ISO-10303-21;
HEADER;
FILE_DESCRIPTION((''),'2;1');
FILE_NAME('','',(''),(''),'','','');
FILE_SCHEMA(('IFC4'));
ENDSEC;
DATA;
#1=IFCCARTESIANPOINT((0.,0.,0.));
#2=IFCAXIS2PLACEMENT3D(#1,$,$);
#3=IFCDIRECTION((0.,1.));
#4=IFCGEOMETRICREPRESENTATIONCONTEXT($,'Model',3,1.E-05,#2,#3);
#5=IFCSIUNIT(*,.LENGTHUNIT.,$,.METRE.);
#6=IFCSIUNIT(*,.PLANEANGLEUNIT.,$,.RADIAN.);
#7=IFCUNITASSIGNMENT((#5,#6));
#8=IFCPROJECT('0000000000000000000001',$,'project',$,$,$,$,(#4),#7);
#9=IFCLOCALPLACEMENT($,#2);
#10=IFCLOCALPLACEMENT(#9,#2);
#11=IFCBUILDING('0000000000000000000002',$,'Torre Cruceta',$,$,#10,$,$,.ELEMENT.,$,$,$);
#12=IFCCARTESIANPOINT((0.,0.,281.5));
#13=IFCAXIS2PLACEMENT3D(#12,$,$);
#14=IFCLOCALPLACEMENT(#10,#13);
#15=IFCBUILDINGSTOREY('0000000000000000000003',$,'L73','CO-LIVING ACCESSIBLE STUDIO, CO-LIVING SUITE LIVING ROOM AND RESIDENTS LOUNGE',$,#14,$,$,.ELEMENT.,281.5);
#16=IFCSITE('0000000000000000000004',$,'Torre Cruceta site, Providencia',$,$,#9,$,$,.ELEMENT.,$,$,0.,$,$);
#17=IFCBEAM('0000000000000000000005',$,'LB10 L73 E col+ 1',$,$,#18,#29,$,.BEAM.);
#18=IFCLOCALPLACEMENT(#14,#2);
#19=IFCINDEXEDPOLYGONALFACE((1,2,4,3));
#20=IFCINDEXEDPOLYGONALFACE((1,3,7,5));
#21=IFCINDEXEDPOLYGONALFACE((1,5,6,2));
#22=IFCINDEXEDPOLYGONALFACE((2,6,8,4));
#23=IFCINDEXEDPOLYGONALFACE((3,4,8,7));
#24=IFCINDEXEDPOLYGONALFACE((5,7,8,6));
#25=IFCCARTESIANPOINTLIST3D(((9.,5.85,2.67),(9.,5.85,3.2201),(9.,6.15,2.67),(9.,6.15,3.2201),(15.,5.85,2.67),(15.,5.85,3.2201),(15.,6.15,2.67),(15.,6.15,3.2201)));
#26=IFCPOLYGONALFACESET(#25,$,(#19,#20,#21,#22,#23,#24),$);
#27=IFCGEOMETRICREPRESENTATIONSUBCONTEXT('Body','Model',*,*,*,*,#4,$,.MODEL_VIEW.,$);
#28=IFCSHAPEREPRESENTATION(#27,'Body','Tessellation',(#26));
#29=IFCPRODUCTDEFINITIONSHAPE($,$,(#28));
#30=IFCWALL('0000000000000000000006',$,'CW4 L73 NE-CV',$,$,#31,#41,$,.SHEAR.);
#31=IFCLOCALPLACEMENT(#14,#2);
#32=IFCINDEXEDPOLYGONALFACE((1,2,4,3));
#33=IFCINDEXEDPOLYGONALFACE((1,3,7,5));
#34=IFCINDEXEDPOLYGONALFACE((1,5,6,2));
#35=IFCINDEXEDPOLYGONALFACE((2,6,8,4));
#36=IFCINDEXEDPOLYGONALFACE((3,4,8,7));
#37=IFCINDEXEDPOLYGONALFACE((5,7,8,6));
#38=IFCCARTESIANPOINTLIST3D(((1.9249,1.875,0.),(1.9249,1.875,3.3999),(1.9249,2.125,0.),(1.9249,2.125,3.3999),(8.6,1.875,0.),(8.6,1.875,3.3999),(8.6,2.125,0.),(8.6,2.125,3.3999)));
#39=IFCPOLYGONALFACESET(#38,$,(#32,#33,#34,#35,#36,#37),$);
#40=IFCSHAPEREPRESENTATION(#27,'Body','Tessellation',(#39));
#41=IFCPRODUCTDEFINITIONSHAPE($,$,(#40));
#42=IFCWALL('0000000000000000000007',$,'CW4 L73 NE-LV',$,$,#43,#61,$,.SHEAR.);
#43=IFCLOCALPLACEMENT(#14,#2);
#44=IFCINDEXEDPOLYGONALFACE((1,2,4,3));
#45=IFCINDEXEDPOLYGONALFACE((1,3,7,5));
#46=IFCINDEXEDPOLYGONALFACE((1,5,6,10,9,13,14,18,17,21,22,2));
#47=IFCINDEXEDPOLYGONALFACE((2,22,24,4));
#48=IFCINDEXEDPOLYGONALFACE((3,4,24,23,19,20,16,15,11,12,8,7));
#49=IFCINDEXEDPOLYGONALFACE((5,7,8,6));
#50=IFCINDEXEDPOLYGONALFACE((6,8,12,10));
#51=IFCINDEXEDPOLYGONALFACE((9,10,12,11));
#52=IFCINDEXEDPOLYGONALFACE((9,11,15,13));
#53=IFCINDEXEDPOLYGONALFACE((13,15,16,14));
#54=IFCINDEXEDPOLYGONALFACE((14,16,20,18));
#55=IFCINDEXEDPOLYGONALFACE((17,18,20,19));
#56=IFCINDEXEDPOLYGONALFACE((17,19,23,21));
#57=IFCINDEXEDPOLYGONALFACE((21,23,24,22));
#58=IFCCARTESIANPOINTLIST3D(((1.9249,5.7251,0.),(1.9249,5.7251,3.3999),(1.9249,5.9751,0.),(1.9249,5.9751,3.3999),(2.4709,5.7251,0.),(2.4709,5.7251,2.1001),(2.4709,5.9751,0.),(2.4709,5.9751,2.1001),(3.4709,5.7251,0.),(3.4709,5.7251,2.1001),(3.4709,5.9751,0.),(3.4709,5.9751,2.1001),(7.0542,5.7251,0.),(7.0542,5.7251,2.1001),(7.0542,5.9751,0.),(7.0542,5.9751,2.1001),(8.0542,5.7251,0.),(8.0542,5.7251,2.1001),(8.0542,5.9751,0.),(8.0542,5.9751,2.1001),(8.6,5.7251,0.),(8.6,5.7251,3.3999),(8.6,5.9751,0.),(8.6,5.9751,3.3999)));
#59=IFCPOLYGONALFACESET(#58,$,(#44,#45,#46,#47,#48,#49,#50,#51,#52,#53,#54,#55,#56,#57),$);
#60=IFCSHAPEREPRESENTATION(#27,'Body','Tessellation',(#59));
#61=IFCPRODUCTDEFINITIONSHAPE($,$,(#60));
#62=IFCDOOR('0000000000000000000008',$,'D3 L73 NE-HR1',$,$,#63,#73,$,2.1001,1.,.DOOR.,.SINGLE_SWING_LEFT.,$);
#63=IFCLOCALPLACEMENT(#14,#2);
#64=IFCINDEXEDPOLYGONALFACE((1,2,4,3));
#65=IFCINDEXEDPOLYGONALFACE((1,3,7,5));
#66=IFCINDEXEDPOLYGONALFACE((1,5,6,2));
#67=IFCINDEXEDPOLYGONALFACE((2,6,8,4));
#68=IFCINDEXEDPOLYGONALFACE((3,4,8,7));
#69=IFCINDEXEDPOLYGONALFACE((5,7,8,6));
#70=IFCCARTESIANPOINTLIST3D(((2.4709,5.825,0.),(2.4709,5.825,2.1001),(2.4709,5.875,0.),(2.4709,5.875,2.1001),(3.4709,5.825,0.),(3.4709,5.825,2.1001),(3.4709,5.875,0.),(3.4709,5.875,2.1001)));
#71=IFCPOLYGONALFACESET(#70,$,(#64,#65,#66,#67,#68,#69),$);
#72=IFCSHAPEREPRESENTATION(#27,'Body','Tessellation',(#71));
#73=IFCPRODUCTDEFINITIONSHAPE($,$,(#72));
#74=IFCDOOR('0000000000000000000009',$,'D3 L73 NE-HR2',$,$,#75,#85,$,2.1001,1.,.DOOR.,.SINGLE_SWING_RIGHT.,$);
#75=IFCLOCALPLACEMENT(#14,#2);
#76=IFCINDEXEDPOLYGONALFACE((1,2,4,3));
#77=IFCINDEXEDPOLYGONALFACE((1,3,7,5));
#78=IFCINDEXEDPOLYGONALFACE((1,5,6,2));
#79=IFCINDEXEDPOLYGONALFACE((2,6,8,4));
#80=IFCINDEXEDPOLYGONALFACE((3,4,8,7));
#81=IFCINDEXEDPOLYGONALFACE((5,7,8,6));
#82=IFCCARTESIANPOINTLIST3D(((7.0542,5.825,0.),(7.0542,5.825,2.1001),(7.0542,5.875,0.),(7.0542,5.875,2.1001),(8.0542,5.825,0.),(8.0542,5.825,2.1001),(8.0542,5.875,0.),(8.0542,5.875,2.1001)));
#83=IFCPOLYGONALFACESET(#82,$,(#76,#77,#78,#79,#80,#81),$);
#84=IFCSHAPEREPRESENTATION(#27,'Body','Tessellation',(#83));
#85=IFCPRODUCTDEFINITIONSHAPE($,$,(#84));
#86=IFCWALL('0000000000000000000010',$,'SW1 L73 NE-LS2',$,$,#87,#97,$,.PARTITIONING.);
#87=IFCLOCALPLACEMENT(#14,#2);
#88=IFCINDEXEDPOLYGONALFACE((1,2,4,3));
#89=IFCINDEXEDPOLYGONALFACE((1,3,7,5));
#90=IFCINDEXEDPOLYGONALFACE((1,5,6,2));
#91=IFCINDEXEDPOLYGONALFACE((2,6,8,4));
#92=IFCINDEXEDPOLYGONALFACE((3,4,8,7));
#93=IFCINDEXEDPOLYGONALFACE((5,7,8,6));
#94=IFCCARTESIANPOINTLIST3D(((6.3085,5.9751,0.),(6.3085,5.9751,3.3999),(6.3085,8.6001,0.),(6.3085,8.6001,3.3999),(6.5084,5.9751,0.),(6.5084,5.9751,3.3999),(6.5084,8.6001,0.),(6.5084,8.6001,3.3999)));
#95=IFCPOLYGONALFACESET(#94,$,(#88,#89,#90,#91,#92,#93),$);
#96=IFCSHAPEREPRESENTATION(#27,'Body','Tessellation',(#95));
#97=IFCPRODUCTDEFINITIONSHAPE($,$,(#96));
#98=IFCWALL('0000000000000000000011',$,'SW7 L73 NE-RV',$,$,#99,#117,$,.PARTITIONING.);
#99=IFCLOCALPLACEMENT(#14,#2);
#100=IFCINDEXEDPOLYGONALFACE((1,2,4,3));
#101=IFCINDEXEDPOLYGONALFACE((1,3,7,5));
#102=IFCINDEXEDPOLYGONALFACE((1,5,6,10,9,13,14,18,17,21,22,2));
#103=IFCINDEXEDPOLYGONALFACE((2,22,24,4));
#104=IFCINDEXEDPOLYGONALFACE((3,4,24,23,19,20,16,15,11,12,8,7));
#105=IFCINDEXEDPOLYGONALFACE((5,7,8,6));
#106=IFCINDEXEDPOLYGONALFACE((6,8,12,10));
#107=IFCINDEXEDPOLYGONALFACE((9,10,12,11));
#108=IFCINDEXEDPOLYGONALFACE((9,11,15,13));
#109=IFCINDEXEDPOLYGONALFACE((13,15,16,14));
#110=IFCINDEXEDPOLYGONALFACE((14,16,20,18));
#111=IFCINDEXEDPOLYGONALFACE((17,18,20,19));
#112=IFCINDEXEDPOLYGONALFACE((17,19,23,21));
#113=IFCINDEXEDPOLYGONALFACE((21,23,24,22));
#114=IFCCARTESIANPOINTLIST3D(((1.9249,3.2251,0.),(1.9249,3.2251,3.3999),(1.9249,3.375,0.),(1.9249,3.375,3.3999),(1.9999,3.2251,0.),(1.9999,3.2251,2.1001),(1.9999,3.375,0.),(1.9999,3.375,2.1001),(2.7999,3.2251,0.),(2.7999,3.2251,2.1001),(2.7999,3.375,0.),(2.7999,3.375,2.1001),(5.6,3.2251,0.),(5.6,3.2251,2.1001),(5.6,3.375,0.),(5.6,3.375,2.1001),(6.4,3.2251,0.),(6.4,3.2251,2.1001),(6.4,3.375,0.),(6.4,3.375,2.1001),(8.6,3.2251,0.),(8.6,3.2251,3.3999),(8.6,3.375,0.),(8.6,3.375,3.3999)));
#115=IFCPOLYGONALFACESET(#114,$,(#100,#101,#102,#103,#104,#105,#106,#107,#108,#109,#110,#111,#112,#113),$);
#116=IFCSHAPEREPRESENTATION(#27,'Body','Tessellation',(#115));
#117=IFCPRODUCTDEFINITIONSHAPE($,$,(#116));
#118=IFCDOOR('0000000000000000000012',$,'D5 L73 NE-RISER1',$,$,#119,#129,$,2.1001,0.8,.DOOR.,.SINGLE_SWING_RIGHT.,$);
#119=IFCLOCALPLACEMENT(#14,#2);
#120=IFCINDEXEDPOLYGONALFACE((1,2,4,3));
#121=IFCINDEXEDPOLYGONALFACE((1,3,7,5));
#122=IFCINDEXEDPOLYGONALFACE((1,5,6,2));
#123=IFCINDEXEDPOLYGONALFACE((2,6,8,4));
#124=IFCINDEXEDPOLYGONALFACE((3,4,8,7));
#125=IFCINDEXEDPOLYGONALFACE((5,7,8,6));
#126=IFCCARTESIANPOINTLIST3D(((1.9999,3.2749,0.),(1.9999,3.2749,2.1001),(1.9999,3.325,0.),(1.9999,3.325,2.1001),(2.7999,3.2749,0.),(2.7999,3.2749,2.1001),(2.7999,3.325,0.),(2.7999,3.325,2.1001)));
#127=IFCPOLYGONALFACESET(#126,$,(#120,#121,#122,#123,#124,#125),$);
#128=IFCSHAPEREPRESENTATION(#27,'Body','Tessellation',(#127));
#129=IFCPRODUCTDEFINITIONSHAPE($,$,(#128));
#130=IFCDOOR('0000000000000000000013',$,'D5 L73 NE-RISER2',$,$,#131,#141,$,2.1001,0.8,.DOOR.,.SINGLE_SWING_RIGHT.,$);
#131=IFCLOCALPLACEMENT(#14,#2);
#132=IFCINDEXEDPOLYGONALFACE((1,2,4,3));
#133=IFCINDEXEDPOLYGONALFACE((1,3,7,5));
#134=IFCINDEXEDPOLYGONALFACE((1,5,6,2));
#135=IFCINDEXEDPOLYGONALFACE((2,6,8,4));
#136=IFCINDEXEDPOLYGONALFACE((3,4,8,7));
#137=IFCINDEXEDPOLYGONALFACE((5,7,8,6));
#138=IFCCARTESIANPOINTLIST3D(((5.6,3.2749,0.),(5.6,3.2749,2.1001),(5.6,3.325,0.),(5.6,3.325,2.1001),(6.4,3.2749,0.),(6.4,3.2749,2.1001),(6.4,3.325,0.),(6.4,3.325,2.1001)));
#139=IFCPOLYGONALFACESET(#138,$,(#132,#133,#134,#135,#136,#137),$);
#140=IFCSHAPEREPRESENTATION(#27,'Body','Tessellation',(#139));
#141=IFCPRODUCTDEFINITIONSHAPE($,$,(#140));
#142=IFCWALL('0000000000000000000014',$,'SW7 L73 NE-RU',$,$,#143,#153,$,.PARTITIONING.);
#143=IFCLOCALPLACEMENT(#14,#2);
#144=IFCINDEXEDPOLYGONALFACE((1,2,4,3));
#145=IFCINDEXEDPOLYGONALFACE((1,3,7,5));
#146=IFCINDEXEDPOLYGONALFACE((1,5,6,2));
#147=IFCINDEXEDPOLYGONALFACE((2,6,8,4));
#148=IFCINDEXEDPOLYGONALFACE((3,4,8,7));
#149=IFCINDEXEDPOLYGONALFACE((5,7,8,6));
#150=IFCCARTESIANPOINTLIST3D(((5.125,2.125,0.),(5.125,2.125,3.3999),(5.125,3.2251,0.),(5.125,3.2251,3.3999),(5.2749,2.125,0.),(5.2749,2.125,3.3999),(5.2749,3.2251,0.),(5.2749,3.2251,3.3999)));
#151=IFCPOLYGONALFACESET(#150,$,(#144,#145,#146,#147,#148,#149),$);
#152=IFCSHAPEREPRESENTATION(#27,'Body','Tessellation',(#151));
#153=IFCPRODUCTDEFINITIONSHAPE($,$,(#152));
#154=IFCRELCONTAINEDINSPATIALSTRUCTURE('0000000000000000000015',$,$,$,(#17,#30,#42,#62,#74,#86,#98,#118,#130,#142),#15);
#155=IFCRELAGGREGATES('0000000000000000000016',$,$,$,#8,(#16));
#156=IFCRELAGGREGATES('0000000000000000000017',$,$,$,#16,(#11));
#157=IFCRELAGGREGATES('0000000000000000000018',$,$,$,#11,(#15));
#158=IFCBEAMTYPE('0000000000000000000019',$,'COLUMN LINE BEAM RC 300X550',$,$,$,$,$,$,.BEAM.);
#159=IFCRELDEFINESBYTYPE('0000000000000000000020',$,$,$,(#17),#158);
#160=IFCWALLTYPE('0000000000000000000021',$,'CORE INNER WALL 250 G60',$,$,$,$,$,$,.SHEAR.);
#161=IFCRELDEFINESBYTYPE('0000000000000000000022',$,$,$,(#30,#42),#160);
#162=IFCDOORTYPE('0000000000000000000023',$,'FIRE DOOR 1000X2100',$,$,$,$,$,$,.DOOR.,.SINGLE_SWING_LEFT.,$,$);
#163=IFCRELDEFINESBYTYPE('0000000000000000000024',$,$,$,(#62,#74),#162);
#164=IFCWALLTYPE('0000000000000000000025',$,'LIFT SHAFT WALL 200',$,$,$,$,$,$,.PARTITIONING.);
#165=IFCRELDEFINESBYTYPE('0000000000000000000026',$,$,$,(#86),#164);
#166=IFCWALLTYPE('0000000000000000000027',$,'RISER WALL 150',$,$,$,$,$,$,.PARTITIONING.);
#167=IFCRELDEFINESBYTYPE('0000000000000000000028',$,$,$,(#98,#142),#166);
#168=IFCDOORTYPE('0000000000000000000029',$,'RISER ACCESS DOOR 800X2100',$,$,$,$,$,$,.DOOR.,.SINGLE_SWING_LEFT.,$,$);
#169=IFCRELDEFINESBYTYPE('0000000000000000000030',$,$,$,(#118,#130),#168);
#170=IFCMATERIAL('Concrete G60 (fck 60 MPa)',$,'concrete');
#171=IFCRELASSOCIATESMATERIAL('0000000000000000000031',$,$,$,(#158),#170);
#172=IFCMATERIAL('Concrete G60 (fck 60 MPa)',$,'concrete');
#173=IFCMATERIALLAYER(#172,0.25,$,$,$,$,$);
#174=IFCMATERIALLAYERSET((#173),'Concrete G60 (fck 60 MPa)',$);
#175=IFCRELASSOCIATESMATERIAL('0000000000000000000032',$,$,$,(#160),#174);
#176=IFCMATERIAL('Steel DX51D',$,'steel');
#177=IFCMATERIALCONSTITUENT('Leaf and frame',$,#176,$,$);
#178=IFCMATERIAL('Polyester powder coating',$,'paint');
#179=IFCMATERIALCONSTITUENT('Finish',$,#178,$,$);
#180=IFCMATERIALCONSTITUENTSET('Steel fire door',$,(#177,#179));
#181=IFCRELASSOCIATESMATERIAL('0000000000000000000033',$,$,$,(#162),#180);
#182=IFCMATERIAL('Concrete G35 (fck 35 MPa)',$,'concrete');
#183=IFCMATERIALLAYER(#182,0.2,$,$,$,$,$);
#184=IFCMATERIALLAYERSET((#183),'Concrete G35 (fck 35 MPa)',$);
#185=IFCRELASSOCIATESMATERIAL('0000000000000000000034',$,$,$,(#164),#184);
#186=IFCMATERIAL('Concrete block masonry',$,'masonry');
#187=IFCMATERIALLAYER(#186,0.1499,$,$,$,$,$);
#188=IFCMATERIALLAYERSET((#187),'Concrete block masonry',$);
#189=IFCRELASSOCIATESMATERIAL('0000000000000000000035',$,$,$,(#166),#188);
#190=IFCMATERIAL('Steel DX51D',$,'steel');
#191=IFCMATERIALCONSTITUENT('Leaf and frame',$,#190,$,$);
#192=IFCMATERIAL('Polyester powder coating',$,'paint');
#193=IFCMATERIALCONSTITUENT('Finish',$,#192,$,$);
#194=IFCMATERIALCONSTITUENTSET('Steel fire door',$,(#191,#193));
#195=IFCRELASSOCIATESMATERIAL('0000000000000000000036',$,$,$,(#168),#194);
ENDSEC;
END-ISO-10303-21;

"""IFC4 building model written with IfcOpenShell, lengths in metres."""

from ifc_helpers import new_model, si_unit, direction, frame, frame_2d, origin, origin_2d, place, context, subcontext, project, spatial, rectangle, extrude, material, layer, layer_set, constituent, constituent_set, material_profile, profile_set, type_object, element, fill, save


model = new_model("IFC4")

# Units and contexts
model_context = context("Model", 3, precision=1e-05, world=origin(), true_north=direction((0.0, 1.0)))
body_context = subcontext(model_context, "Body", "Model", "MODEL_VIEW")
ifc_project = project(units=[si_unit("LENGTHUNIT", "METRE"), si_unit("PLANEANGLEUNIT", "RADIAN")], contexts=[model_context])

# Site, building, storey
site_placement = place(None, origin())
site = spatial("IfcSite", under=ifc_project, at=site_placement, Name="Torre Cruceta site, Providencia", CompositionType="ELEMENT", RefElevation=0.0)
building_placement = place(site_placement, origin())
building = spatial("IfcBuilding", under=site, at=building_placement, Name="Torre Cruceta", CompositionType="ELEMENT")
storey_placement = place(building_placement, frame((0.0, 0.0, 281.5)))
storey = spatial("IfcBuildingStorey", under=building, at=storey_placement, Name="L73", Description="CO-LIVING ACCESSIBLE STUDIO, CO-LIVING SUITE LIVING ROOM AND RESIDENTS LOUNGE", CompositionType="ELEMENT", Elevation=281.5)

# Beam
ifc_material_1 = material(Name="Concrete G60 (fck 60 MPa)", Category="concrete")
ifc_material_profile = material_profile(ifc_material_1, rectangle(XDim=0.3, YDim=0.55, at=origin_2d()), Name="RC 300X550")
ifc_profile_set = profile_set([ifc_material_profile], Name="Concrete G60 (fck 60 MPa)")
beam_type = type_object("IfcBeamType", Name="COLUMN LINE BEAM RC 300X550", PredefinedType="BEAM", material=ifc_profile_set)
beam_placement = place(storey_placement, frame((9.0, 6.0, 2.9451), z_axis=(1.0, 0.0, 0.0), x_axis=(0.0, 1.0, 0.0)))
element("IfcBeam", 1, at=beam_placement, inside=storey, type_object=beam_type, Name="LB10 L73 E col+ 1", PredefinedType="BEAM", context=body_context, shape_type="SweptSolid", body=[
    extrude(rectangle(XDim=0.3, YDim=0.55, at=origin_2d()), origin(), (0.0, 0.0, 1.0), 6.0),
])

# Shared definitions
ifc_material_2 = material(Name="Concrete G60 (fck 60 MPa)", Category="concrete")
ifc_layer_1 = layer(ifc_material_2, 0.25)
ifc_layer_set_1 = layer_set([ifc_layer_1], Name="Concrete G60 (fck 60 MPa)")
wall_type_1 = type_object("IfcWallType", Name="CORE INNER WALL 250 G60", PredefinedType="SHEAR", material=ifc_layer_set_1)

# Wall
wall_1_placement = place(storey_placement, frame((1.925, 2.0, 0.0), z_axis=(0.0, 0.0, 1.0), x_axis=(1.0, 0.0, 0.0)))
element("IfcWall", 2, at=wall_1_placement, inside=storey, type_object=wall_type_1, Name="CW4 L73 NE-CV", PredefinedType="SHEAR", context=body_context, shape_type="SweptSolid", body=[
    extrude(rectangle(XDim=6.675, YDim=0.25, at=frame_2d((3.3374, 0.0))), origin(), (0.0, 0.0, 1.0), 3.3999),
])

# Wall, openings, doors
wall_2_placement = place(storey_placement, frame((1.925, 5.8501, 0.0), z_axis=(0.0, 0.0, 1.0), x_axis=(1.0, 0.0, 0.0)))
wall_2 = element("IfcWall", 3, at=wall_2_placement, inside=storey, type_object=wall_type_1, Name="CW4 L73 NE-LV", PredefinedType="SHEAR", context=body_context, shape_type="SweptSolid", body=[
    extrude(rectangle(XDim=6.675, YDim=0.25, at=frame_2d((3.3374, 0.0))), origin(), (0.0, 0.0, 1.0), 3.3999),
])
opening_1_placement = place(wall_2_placement, frame((0.5459, 0.0, 0.0)))
opening_1 = element("IfcOpeningElement", 4, at=opening_1_placement, cuts=wall_2, PredefinedType="OPENING", context=body_context, shape_type="SweptSolid", body=[
    extrude(rectangle(XDim=1.0, YDim=2.1001, at=frame_2d((0.5, 1.05))), frame((0.0, 0.135, 0.0), z_axis=(0.0, -1.0, 0.0), x_axis=(1.0, 0.0, 0.0)), (0.0, 0.0, 1.0), 0.27),
])
opening_2_placement = place(wall_2_placement, frame((5.1292, 0.0, 0.0)))
opening_2 = element("IfcOpeningElement", 5, at=opening_2_placement, cuts=wall_2, PredefinedType="OPENING", context=body_context, shape_type="SweptSolid", body=[
    extrude(rectangle(XDim=1.0, YDim=2.1001, at=frame_2d((0.5, 1.05))), frame((0.0, 0.135, 0.0), z_axis=(0.0, -1.0, 0.0), x_axis=(1.0, 0.0, 0.0)), (0.0, 0.0, 1.0), 0.27),
])
ifc_material_3 = material(Name="Steel DX51D", Category="steel")
ifc_constituent_1 = constituent(ifc_material_3, Name="Leaf and frame")
ifc_material_4 = material(Name="Polyester powder coating", Category="paint")
ifc_constituent_2 = constituent(ifc_material_4, Name="Finish")
ifc_constituent_set_1 = constituent_set(constituents=[ifc_constituent_1, ifc_constituent_2], Name="Steel fire door")
door_type_1 = type_object("IfcDoorType", Name="FIRE DOOR 1000X2100", OperationType="SINGLE_SWING_LEFT", PredefinedType="DOOR", material=ifc_constituent_set_1)
door_1_placement = place(opening_1_placement, origin())
door_1 = element("IfcDoor", 6, at=door_1_placement, inside=storey, type_object=door_type_1, Name="D3 L73 NE-HR1", OperationType="SINGLE_SWING_LEFT", OverallHeight=2.1001, OverallWidth=1.0, PredefinedType="DOOR", context=body_context, shape_type="SweptSolid", body=[
    extrude(rectangle(XDim=1.0, YDim=2.1001, at=frame_2d((0.5, 1.05))), frame((0.0, 0.0249, 0.0), z_axis=(0.0, -1.0, 0.0), x_axis=(1.0, 0.0, 0.0)), (0.0, 0.0, 1.0), 0.05),
])
fill(opening_1, door_1)
door_2_placement = place(opening_2_placement, origin())
door_2 = element("IfcDoor", 7, at=door_2_placement, inside=storey, type_object=door_type_1, Name="D3 L73 NE-HR2", OperationType="SINGLE_SWING_RIGHT", OverallHeight=2.1001, OverallWidth=1.0, PredefinedType="DOOR", context=body_context, shape_type="SweptSolid", body=[
    extrude(rectangle(XDim=1.0, YDim=2.1001, at=frame_2d((0.5, 1.05))), frame((0.0, 0.0249, 0.0), z_axis=(0.0, -1.0, 0.0), x_axis=(1.0, 0.0, 0.0)), (0.0, 0.0, 1.0), 0.05),
])
fill(opening_2, door_2)

# Wall
ifc_material_5 = material(Name="Concrete G35 (fck 35 MPa)", Category="concrete")
ifc_layer_2 = layer(ifc_material_5, 0.2)
ifc_layer_set_2 = layer_set([ifc_layer_2], Name="Concrete G35 (fck 35 MPa)")
wall_type_2 = type_object("IfcWallType", Name="LIFT SHAFT WALL 200", PredefinedType="PARTITIONING", material=ifc_layer_set_2)
wall_3_placement = place(storey_placement, frame((6.4084, 5.9751, 0.0), z_axis=(0.0, 0.0, 1.0), x_axis=(0.0, 1.0, 0.0)))
element("IfcWall", 8, at=wall_3_placement, inside=storey, type_object=wall_type_2, Name="SW1 L73 NE-LS2", PredefinedType="PARTITIONING", context=body_context, shape_type="SweptSolid", body=[
    extrude(rectangle(XDim=2.625, YDim=0.2, at=frame_2d((1.3125, 0.0))), origin(), (0.0, 0.0, 1.0), 3.3999),
])

# Wall, openings, doors
ifc_material_6 = material(Name="Concrete block masonry", Category="masonry")
ifc_layer_3 = layer(ifc_material_6, 0.1499)
ifc_layer_set_3 = layer_set([ifc_layer_3], Name="Concrete block masonry")
wall_type_3 = type_object("IfcWallType", Name="RISER WALL 150", PredefinedType="PARTITIONING", material=ifc_layer_set_3)
wall_4_placement = place(storey_placement, frame((1.925, 3.3, 0.0), z_axis=(0.0, 0.0, 1.0), x_axis=(1.0, 0.0, 0.0)))
wall_4 = element("IfcWall", 9, at=wall_4_placement, inside=storey, type_object=wall_type_3, Name="SW7 L73 NE-RV", PredefinedType="PARTITIONING", context=body_context, shape_type="SweptSolid", body=[
    extrude(rectangle(XDim=6.675, YDim=0.1499, at=frame_2d((3.3374, 0.0))), origin(), (0.0, 0.0, 1.0), 3.3999),
])
opening_3_placement = place(wall_4_placement, frame((0.075, 0.0, 0.0)))
opening_3 = element("IfcOpeningElement", 10, at=opening_3_placement, cuts=wall_4, PredefinedType="OPENING", context=body_context, shape_type="SweptSolid", body=[
    extrude(rectangle(XDim=0.8, YDim=2.1001, at=frame_2d((0.3999, 1.05))), frame((0.0, 0.085, 0.0), z_axis=(0.0, -1.0, 0.0), x_axis=(1.0, 0.0, 0.0)), (0.0, 0.0, 1.0), 0.1699),
])
opening_4_placement = place(wall_4_placement, frame((3.675, 0.0, 0.0)))
opening_4 = element("IfcOpeningElement", 11, at=opening_4_placement, cuts=wall_4, PredefinedType="OPENING", context=body_context, shape_type="SweptSolid", body=[
    extrude(rectangle(XDim=0.8, YDim=2.1001, at=frame_2d((0.3999, 1.05))), frame((0.0, 0.085, 0.0), z_axis=(0.0, -1.0, 0.0), x_axis=(1.0, 0.0, 0.0)), (0.0, 0.0, 1.0), 0.1699),
])
ifc_material_7 = material(Name="Steel DX51D", Category="steel")
ifc_constituent_3 = constituent(ifc_material_7, Name="Leaf and frame")
ifc_material_8 = material(Name="Polyester powder coating", Category="paint")
ifc_constituent_4 = constituent(ifc_material_8, Name="Finish")
ifc_constituent_set_2 = constituent_set(constituents=[ifc_constituent_3, ifc_constituent_4], Name="Steel fire door")
door_type_2 = type_object("IfcDoorType", Name="RISER ACCESS DOOR 800X2100", OperationType="SINGLE_SWING_LEFT", PredefinedType="DOOR", material=ifc_constituent_set_2)
door_3_placement = place(opening_3_placement, frame((0.8, 0.0, 0.0), z_axis=(0.0, 0.0, 1.0), x_axis=(-1.0, 0.0, 0.0)))
door_3 = element("IfcDoor", 12, at=door_3_placement, inside=storey, type_object=door_type_2, Name="D5 L73 NE-RISER1", OperationType="SINGLE_SWING_RIGHT", OverallHeight=2.1001, OverallWidth=0.8, PredefinedType="DOOR", context=body_context, shape_type="SweptSolid", body=[
    extrude(rectangle(XDim=0.8, YDim=2.1001, at=frame_2d((0.4001, 1.05))), frame((0.0, 0.0251, 0.0), z_axis=(0.0, -1.0, 0.0), x_axis=(1.0, 0.0, 0.0)), (0.0, 0.0, 1.0), 0.05),
])
fill(opening_3, door_3)
door_4_placement = place(opening_4_placement, frame((0.8, 0.0, 0.0), z_axis=(0.0, 0.0, 1.0), x_axis=(-1.0, 0.0, 0.0)))
door_4 = element("IfcDoor", 13, at=door_4_placement, inside=storey, type_object=door_type_2, Name="D5 L73 NE-RISER2", OperationType="SINGLE_SWING_RIGHT", OverallHeight=2.1001, OverallWidth=0.8, PredefinedType="DOOR", context=body_context, shape_type="SweptSolid", body=[
    extrude(rectangle(XDim=0.8, YDim=2.1001, at=frame_2d((0.4001, 1.05))), frame((0.0, 0.0251, 0.0), z_axis=(0.0, -1.0, 0.0), x_axis=(1.0, 0.0, 0.0)), (0.0, 0.0, 1.0), 0.05),
])
fill(opening_4, door_4)

# Wall
wall_5_placement = place(storey_placement, frame((5.2, 2.125, 0.0), z_axis=(0.0, 0.0, 1.0), x_axis=(0.0, 1.0, 0.0)))
element("IfcWall", 14, at=wall_5_placement, inside=storey, type_object=wall_type_3, Name="SW7 L73 NE-RU", PredefinedType="PARTITIONING", context=body_context, shape_type="SweptSolid", body=[
    extrude(rectangle(XDim=1.1001, YDim=0.1499, at=frame_2d((0.55, 0.0))), origin(), (0.0, 0.0, 1.0), 3.3999),
])

save(model, "model.ifc")
